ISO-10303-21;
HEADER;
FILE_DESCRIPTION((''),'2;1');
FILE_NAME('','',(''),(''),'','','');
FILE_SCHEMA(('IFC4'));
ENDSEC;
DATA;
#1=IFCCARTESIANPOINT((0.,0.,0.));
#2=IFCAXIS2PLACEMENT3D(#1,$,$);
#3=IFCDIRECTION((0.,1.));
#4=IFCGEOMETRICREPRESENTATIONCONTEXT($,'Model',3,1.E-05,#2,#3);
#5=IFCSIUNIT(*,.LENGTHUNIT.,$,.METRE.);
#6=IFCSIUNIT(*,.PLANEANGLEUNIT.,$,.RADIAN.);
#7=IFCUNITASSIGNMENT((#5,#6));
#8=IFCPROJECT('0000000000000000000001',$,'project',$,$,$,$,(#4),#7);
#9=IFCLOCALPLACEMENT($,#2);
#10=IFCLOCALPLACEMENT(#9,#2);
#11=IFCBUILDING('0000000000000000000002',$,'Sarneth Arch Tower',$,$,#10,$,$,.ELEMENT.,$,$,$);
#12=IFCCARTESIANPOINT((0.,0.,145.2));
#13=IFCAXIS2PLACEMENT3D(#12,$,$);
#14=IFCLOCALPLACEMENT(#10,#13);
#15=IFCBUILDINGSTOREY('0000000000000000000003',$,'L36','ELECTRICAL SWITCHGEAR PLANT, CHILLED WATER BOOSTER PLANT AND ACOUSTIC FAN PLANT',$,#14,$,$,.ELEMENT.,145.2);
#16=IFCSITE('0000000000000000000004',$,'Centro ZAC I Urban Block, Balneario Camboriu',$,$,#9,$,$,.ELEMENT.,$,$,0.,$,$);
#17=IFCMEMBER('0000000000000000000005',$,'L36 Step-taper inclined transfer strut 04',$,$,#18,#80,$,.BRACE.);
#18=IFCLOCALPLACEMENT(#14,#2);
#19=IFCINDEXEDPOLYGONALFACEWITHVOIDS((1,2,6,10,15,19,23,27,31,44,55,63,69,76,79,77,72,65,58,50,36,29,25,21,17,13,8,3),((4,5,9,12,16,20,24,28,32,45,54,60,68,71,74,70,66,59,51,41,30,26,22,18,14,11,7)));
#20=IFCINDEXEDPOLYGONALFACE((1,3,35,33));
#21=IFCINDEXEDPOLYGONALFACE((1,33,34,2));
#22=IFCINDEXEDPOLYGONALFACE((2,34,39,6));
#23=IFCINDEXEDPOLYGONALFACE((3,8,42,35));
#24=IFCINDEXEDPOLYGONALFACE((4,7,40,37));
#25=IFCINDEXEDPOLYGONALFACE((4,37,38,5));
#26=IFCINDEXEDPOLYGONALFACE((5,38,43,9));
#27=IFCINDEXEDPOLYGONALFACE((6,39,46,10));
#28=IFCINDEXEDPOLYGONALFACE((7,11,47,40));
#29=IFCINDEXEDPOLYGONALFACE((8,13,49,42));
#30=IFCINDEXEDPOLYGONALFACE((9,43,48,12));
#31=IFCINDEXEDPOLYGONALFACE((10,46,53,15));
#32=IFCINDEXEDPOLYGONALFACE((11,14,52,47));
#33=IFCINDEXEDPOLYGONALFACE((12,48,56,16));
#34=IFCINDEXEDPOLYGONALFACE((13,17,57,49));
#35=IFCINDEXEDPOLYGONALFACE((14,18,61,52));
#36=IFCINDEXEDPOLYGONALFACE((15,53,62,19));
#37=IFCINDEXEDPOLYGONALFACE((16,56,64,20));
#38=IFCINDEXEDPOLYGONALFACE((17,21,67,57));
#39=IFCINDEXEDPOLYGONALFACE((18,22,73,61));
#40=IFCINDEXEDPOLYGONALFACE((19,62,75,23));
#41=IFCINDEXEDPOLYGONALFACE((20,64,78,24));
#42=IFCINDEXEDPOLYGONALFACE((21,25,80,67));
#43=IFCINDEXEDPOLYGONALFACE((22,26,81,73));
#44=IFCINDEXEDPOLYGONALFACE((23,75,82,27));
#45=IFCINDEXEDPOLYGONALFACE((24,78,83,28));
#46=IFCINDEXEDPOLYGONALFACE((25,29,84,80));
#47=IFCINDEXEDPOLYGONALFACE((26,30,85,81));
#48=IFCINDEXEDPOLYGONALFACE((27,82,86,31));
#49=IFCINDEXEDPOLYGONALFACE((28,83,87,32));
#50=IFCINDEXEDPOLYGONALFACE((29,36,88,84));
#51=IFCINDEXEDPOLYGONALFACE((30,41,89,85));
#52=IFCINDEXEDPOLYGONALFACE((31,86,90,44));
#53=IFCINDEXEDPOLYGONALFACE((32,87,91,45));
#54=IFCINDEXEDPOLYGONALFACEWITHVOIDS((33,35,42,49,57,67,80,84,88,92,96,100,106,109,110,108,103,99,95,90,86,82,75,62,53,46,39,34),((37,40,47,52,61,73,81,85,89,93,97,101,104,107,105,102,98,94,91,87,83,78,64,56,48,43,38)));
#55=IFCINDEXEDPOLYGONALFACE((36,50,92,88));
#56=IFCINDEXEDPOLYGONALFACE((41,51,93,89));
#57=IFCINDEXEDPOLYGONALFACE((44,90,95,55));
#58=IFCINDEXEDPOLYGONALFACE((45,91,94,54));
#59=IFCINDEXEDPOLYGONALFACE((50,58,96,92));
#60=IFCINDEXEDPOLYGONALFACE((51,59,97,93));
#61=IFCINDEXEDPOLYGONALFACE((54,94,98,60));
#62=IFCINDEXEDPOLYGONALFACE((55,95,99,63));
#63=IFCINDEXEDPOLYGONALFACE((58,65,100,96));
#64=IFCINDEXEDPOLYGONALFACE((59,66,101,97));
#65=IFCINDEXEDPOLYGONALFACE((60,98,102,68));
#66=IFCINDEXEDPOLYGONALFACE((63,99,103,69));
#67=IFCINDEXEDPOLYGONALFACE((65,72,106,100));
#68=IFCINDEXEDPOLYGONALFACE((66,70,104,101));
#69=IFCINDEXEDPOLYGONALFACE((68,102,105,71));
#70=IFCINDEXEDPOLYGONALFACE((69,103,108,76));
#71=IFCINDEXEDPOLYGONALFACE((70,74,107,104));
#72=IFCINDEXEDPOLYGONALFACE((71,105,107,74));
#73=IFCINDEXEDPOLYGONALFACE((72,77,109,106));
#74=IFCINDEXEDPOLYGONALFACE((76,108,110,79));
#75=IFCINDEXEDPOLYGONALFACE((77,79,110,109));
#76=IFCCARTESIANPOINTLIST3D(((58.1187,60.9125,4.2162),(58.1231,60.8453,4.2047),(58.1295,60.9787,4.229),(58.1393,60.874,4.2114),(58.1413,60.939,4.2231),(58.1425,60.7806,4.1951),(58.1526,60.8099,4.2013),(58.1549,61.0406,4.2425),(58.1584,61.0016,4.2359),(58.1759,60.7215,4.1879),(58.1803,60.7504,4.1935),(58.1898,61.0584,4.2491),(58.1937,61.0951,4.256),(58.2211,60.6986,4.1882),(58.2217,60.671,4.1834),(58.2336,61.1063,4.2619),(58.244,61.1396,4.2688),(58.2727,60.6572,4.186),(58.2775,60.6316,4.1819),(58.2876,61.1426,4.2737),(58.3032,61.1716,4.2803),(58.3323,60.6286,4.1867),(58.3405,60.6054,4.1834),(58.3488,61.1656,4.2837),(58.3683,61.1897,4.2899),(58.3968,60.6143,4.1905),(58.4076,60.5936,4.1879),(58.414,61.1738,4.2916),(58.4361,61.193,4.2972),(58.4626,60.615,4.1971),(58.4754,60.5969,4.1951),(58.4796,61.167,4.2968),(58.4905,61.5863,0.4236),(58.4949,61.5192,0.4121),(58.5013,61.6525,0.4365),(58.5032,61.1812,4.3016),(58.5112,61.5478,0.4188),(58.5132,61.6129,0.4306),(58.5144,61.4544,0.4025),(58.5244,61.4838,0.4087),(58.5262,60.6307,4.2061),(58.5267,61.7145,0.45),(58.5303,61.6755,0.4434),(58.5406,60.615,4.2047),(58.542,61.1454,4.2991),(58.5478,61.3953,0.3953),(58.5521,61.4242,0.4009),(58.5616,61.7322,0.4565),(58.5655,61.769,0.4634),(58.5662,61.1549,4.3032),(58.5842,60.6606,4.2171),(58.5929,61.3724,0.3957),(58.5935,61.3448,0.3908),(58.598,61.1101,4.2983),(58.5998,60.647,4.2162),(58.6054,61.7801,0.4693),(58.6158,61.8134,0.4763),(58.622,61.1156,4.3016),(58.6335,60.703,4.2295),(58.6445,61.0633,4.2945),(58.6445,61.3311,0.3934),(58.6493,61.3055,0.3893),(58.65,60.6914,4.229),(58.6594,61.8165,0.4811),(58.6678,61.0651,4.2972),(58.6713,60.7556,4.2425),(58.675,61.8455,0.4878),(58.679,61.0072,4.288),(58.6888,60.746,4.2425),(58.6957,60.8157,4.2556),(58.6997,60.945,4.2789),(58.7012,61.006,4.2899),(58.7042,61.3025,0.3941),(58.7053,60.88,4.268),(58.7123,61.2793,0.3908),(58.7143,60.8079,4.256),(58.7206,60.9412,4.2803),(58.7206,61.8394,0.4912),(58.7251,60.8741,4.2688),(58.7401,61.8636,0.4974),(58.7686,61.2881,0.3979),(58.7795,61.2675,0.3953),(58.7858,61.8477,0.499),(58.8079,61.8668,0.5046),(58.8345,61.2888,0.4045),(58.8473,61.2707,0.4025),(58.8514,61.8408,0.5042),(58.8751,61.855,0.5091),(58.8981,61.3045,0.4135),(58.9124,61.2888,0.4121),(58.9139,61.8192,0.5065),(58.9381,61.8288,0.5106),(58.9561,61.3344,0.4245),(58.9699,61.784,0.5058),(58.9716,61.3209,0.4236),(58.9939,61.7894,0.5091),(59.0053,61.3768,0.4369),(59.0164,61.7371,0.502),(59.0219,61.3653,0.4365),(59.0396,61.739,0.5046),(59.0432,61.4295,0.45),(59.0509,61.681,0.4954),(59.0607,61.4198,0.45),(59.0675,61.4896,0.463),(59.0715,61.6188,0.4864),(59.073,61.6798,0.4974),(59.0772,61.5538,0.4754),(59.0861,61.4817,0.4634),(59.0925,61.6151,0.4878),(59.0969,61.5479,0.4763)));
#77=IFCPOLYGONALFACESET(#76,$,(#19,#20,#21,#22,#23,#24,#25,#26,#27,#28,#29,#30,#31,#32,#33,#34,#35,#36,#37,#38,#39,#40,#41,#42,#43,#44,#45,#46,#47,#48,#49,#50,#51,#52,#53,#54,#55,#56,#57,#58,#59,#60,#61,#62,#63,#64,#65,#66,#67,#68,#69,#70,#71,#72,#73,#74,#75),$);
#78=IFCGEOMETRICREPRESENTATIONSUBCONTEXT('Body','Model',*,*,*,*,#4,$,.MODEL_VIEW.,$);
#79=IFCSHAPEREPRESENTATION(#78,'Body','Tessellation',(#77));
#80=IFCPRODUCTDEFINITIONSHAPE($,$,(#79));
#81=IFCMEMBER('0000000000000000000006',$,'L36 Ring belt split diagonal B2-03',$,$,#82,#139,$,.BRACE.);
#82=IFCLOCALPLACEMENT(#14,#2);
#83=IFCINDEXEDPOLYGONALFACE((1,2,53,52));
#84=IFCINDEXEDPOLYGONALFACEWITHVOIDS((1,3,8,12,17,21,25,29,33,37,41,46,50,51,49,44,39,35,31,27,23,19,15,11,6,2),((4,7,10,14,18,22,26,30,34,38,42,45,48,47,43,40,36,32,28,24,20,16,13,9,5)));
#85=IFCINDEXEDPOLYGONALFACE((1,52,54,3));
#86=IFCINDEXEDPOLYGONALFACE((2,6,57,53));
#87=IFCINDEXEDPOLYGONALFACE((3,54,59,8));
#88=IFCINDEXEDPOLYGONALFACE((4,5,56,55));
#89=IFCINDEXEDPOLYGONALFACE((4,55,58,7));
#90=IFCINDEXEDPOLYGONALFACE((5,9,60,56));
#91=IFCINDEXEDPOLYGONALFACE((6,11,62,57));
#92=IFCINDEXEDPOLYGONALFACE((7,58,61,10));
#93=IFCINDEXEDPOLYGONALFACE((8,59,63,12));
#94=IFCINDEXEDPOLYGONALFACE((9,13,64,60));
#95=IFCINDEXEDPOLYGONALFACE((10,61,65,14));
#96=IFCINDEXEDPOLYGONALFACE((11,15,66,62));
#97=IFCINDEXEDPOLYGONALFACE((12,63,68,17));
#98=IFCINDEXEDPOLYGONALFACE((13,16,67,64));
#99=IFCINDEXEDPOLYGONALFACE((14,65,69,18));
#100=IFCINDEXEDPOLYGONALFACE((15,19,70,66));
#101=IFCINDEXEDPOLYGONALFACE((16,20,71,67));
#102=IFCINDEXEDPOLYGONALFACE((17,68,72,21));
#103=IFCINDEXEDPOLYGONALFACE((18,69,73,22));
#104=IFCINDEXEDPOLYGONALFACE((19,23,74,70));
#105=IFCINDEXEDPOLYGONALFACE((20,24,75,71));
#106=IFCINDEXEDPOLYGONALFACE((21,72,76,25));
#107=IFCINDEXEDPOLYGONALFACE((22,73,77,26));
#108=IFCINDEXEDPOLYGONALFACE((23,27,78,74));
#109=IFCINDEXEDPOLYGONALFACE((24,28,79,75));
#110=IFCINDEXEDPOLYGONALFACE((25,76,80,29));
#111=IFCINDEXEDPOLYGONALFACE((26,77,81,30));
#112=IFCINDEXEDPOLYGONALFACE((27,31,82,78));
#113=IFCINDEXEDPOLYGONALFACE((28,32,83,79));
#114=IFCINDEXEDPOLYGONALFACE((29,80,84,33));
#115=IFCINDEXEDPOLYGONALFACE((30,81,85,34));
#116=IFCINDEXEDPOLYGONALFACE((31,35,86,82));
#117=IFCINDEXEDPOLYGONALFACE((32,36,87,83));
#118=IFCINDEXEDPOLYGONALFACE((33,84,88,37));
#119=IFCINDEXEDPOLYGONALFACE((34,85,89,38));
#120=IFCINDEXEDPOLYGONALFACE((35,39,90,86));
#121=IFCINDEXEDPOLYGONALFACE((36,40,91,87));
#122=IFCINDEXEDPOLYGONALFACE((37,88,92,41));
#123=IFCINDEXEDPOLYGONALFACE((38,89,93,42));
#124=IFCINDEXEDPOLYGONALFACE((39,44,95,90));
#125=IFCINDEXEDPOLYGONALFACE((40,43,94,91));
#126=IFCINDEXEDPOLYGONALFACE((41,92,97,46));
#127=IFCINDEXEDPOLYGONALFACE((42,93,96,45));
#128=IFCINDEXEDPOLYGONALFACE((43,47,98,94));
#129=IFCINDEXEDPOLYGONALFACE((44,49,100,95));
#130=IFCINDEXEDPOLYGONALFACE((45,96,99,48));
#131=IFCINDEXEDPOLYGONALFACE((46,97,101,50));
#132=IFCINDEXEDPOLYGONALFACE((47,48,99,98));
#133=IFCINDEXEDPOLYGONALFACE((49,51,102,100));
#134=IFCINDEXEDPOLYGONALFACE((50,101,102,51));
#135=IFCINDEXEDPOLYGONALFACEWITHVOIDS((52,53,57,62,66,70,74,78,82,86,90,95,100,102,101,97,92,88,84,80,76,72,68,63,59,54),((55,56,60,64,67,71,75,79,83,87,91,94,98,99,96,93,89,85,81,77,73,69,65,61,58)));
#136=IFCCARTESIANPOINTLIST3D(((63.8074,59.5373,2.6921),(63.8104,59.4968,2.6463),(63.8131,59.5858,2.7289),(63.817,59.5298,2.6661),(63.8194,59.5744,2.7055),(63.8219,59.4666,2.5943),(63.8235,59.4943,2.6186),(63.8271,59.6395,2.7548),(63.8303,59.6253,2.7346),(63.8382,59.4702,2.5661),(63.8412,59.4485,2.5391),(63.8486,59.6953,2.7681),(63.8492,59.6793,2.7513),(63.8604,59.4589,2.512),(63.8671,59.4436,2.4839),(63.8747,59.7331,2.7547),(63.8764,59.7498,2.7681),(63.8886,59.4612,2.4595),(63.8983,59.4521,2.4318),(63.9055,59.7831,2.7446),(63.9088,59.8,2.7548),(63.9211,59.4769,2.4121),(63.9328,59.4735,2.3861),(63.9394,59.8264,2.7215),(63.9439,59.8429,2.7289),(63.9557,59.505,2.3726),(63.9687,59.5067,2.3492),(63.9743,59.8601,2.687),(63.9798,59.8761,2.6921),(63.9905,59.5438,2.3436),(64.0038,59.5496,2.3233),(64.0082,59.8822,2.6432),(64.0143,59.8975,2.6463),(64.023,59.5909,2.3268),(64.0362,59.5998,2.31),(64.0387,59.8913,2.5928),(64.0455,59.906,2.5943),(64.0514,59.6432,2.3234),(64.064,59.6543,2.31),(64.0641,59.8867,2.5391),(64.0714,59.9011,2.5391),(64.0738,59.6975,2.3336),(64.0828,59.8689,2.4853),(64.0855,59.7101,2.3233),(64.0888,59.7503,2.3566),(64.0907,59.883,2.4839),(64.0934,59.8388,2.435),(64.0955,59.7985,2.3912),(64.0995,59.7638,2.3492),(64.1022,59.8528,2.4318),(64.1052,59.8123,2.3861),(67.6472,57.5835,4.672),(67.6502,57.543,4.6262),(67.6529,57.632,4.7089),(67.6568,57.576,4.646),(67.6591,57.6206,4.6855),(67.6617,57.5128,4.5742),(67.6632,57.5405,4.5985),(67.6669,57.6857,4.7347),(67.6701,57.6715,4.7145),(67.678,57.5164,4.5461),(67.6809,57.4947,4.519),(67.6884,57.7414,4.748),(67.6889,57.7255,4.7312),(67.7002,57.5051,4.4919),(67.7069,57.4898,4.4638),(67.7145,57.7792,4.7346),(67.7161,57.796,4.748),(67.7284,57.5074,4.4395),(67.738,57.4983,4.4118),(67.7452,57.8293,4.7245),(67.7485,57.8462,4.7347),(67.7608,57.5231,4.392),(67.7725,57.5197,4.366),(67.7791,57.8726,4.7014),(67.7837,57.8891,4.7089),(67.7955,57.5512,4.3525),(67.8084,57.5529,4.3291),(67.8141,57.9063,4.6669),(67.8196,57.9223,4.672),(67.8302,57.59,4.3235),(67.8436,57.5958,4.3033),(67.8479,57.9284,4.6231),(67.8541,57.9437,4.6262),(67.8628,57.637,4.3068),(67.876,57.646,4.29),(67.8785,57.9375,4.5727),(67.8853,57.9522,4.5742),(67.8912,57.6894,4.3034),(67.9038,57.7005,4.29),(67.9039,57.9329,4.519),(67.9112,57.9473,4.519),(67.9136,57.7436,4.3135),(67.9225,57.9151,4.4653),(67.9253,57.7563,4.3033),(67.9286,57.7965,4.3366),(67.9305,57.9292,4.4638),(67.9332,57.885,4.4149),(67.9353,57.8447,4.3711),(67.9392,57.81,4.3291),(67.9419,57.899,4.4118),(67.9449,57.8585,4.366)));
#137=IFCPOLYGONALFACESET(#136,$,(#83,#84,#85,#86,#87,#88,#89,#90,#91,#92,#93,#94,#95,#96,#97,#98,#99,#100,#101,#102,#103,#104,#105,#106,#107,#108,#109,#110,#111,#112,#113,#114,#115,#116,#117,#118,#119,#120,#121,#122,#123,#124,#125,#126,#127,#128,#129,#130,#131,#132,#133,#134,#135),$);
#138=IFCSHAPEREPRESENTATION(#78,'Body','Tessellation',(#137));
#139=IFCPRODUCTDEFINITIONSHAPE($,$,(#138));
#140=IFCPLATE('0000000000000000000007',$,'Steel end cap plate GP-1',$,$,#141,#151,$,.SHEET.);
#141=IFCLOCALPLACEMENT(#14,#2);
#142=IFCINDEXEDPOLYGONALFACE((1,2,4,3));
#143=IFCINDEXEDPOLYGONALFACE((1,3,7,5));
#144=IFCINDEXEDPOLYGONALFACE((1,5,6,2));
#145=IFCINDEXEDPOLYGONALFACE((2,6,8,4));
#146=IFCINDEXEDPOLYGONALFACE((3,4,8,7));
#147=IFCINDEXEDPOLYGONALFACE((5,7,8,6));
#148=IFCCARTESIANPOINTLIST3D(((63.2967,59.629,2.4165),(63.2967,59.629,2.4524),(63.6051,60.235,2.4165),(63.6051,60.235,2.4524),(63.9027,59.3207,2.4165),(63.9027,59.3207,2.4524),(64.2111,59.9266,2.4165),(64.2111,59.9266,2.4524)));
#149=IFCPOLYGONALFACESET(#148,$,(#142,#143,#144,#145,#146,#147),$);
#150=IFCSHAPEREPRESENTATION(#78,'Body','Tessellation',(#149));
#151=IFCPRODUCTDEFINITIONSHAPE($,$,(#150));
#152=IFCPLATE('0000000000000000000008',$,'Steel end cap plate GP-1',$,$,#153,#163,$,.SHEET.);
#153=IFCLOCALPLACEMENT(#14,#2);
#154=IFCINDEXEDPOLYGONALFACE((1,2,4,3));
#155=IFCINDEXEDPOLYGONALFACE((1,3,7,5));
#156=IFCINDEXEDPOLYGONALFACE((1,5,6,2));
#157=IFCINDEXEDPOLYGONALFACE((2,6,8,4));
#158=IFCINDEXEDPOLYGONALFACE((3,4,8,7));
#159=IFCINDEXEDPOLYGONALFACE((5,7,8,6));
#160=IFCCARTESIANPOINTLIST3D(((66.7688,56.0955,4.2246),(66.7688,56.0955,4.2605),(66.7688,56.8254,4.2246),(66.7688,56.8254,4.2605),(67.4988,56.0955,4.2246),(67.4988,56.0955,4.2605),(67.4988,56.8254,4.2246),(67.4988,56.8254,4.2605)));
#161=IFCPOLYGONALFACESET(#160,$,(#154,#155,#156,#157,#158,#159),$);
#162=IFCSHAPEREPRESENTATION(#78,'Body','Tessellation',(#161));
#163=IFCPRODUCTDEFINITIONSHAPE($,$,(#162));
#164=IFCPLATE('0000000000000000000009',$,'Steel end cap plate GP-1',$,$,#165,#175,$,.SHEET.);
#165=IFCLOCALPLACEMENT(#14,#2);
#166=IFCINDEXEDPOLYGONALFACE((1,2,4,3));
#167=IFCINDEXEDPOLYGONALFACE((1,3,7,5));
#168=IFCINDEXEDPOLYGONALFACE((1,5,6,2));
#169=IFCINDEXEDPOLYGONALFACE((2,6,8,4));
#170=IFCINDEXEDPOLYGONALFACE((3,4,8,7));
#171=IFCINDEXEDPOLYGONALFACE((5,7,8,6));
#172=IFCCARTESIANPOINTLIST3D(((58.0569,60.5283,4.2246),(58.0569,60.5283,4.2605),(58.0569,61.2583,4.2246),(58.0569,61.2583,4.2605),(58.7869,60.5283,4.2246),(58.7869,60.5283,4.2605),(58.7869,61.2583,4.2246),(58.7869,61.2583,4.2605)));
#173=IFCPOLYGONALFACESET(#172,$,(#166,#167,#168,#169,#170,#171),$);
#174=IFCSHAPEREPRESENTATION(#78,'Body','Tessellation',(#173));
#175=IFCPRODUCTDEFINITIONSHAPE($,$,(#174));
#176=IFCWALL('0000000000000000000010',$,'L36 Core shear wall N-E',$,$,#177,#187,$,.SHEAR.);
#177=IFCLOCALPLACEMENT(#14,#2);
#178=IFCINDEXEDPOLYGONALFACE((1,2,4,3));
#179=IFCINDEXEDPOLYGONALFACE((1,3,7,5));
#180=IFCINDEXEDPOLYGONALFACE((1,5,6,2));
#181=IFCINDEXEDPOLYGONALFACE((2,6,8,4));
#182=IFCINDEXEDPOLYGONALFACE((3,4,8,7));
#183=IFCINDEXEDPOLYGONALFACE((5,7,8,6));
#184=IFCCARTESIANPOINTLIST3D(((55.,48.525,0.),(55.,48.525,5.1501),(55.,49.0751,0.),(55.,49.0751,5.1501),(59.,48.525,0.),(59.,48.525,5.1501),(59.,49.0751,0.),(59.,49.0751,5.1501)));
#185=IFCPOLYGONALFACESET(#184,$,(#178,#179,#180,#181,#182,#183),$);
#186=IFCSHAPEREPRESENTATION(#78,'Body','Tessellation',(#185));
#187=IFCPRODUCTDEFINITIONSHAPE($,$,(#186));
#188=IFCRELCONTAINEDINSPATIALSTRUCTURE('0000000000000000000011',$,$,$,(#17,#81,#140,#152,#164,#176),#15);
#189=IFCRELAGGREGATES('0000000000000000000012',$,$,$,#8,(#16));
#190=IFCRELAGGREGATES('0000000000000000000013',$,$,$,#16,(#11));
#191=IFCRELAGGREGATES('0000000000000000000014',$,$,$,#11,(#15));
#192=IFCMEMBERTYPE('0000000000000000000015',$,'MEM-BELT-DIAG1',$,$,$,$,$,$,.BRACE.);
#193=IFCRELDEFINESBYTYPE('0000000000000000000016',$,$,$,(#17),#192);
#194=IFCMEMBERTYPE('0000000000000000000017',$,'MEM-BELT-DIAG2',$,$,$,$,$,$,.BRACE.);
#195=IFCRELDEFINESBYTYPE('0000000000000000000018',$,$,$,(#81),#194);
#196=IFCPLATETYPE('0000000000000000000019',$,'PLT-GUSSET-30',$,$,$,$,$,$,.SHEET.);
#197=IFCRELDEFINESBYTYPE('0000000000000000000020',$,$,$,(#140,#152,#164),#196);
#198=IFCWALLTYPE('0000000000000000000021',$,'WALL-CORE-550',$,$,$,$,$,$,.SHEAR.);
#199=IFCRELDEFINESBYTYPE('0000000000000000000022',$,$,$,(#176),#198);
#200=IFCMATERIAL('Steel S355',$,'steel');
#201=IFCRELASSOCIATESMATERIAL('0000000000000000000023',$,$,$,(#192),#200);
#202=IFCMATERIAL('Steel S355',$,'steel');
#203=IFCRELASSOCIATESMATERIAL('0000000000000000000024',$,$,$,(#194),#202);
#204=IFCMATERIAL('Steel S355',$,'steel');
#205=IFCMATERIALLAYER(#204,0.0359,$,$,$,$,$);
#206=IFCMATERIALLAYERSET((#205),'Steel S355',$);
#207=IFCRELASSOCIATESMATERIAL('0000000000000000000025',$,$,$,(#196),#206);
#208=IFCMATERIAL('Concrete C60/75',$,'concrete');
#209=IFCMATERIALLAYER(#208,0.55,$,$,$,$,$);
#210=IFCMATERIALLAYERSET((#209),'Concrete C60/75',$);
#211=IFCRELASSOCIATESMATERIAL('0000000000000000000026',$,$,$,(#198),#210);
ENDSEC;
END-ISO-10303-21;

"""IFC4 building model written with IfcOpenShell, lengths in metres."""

from ifc_helpers import new_model, si_unit, direction, frame, frame_2d, origin, origin_2d, place, context, subcontext, project, spatial, rectangle, hollow_circle, extrude, material, layer, layer_set, material_profile, profile_set, type_object, element, save


model = new_model("IFC4")

# Units and contexts
model_context = context("Model", 3, precision=1e-05, world=origin(), true_north=direction((0.0, 1.0)))
body_context = subcontext(model_context, "Body", "Model", "MODEL_VIEW")
ifc_project = project(units=[si_unit("LENGTHUNIT", "METRE"), si_unit("PLANEANGLEUNIT", "RADIAN")], contexts=[model_context])

# Site, building, storey
site_placement = place(None, origin())
site = spatial("IfcSite", under=ifc_project, at=site_placement, Name="Centro ZAC I Urban Block, Balneario Camboriu", CompositionType="ELEMENT", RefElevation=0.0)
building_placement = place(site_placement, origin())
building = spatial("IfcBuilding", under=site, at=building_placement, Name="Sarneth Arch Tower", CompositionType="ELEMENT")
storey_placement = place(building_placement, frame((0.0, 0.0, 145.2)))
storey = spatial("IfcBuildingStorey", under=building, at=storey_placement, Name="L36", Description="ELECTRICAL SWITCHGEAR PLANT, CHILLED WATER BOOSTER PLANT AND ACOUSTIC FAN PLANT", CompositionType="ELEMENT", Elevation=145.2)

# Members
ifc_material_1 = material(Name="Steel S355", Category="steel")
ifc_material_profile_1 = material_profile(ifc_material_1, hollow_circle(Radius=0.3049, WallThickness=0.02, at=origin_2d()), Name="CHS610x20")
ifc_profile_set_1 = profile_set([ifc_material_profile_1], Name="Steel S355")
member_type_1 = type_object("IfcMemberType", Name="MEM-BELT-DIAG1", PredefinedType="BRACE", material=ifc_profile_set_1)
member_1_placement = place(storey_placement, frame((58.7937, 61.5671, 0.45), z_axis=(-0.096085, -0.174126, 0.980025), x_axis=(0.875545, -0.483136, 0.0)))
element("IfcMember", 1, at=member_1_placement, inside=storey, type_object=member_type_1, Name="L36 Step-taper inclined transfer strut 04", PredefinedType="BRACE", context=body_context, shape_type="SweptSolid", body=[
    extrude(hollow_circle(Radius=0.3049, WallThickness=0.02, at=origin_2d()), origin(), (0.0, 0.0, 1.0), 3.8699),
])
ifc_material_2 = material(Name="Steel S355", Category="steel")
ifc_material_profile_2 = material_profile(ifc_material_2, hollow_circle(Radius=0.2539, WallThickness=0.0161, at=origin_2d()), Name="CHS508x16")
ifc_profile_set_2 = profile_set([ifc_material_profile_2], Name="Steel S355")
member_type_2 = type_object("IfcMemberType", Name="MEM-BELT-DIAG2", PredefinedType="BRACE", material=ifc_profile_set_2)
member_2_placement = place(storey_placement, frame((63.9563, 59.6748, 2.5391), z_axis=(0.809829, -0.412072, 0.417581), x_axis=(0.453504, 0.891254, 0.0)))
element("IfcMember", 2, at=member_2_placement, inside=storey, type_object=member_type_2, Name="L36 Ring belt split diagonal B2-03", PredefinedType="BRACE", context=body_context, shape_type="SweptSolid", body=[
    extrude(hollow_circle(Radius=0.2539, WallThickness=0.0161, at=origin_2d()), origin(), (0.0, 0.0, 1.0), 4.7415),
])

# Plates
ifc_material_3 = material(Name="Steel S355", Category="steel")
ifc_layer_1 = layer(ifc_material_3, 0.0359)
ifc_layer_set_1 = layer_set([ifc_layer_1], Name="Steel S355")
plate_type = type_object("IfcPlateType", Name="PLT-GUSSET-30", PredefinedType="SHEET", material=ifc_layer_set_1)
plate_placement = place(storey_placement, frame((63.7539, 59.7778, 2.4165), z_axis=(0.0, 0.0, 1.0), x_axis=(-0.891244, 0.453524, 0.0)))
element("IfcPlate", 3, at=plate_placement, inside=storey, type_object=plate_type, Name="Steel end cap plate GP-1", PredefinedType="SHEET", context=body_context, shape_type="SweptSolid", body=[
    extrude(rectangle(XDim=0.6799, YDim=0.6799, at=origin_2d()), origin(), (0.0, 0.0, 1.0), 0.0359),
])
for number, where, z_axis, x_axis, name in (
    (4, (67.1338, 56.4604, 4.2246), (0.0, 0.0, 1.0), (1.0, 0.0, 0.0), "Steel end cap plate GP-1"),
    (5, (58.4219, 60.8933, 4.2246), (0.0, 0.0, 1.0), (1.0, 0.0, 0.0), "Steel end cap plate GP-1"),
):
    element("IfcPlate", number, at=place(storey_placement, frame(where, z_axis=z_axis, x_axis=x_axis)), inside=storey, type_object=plate_type, Name=name, PredefinedType="SHEET", context=body_context, shape_type="SweptSolid", body=[
        extrude(rectangle(XDim=0.73, YDim=0.73, at=origin_2d()), origin(), (0.0, 0.0, 1.0), 0.0359),
    ])

# Wall
ifc_material_4 = material(Name="Concrete C60/75", Category="concrete")
ifc_layer_2 = layer(ifc_material_4, 0.55)
ifc_layer_set_2 = layer_set([ifc_layer_2], Name="Concrete C60/75")
wall_type_1 = type_object("IfcWallType", Name="WALL-CORE-550", PredefinedType="SHEAR", material=ifc_layer_set_2)
wall_1_placement = place(storey_placement, frame((55.0, 48.8, 0.0), z_axis=(0.0, 0.0, 1.0), x_axis=(1.0, 0.0, 0.0)))
element("IfcWall", 6, at=wall_1_placement, inside=storey, type_object=wall_type_1, Name="L36 Core shear wall N-E", PredefinedType="SHEAR", context=body_context, shape_type="SweptSolid", body=[
    extrude(rectangle(XDim=4.0, YDim=0.55, at=frame_2d((2.0, 0.0))), origin(), (0.0, 0.0, 1.0), 5.1501),
])

save(model, "model.ifc")
